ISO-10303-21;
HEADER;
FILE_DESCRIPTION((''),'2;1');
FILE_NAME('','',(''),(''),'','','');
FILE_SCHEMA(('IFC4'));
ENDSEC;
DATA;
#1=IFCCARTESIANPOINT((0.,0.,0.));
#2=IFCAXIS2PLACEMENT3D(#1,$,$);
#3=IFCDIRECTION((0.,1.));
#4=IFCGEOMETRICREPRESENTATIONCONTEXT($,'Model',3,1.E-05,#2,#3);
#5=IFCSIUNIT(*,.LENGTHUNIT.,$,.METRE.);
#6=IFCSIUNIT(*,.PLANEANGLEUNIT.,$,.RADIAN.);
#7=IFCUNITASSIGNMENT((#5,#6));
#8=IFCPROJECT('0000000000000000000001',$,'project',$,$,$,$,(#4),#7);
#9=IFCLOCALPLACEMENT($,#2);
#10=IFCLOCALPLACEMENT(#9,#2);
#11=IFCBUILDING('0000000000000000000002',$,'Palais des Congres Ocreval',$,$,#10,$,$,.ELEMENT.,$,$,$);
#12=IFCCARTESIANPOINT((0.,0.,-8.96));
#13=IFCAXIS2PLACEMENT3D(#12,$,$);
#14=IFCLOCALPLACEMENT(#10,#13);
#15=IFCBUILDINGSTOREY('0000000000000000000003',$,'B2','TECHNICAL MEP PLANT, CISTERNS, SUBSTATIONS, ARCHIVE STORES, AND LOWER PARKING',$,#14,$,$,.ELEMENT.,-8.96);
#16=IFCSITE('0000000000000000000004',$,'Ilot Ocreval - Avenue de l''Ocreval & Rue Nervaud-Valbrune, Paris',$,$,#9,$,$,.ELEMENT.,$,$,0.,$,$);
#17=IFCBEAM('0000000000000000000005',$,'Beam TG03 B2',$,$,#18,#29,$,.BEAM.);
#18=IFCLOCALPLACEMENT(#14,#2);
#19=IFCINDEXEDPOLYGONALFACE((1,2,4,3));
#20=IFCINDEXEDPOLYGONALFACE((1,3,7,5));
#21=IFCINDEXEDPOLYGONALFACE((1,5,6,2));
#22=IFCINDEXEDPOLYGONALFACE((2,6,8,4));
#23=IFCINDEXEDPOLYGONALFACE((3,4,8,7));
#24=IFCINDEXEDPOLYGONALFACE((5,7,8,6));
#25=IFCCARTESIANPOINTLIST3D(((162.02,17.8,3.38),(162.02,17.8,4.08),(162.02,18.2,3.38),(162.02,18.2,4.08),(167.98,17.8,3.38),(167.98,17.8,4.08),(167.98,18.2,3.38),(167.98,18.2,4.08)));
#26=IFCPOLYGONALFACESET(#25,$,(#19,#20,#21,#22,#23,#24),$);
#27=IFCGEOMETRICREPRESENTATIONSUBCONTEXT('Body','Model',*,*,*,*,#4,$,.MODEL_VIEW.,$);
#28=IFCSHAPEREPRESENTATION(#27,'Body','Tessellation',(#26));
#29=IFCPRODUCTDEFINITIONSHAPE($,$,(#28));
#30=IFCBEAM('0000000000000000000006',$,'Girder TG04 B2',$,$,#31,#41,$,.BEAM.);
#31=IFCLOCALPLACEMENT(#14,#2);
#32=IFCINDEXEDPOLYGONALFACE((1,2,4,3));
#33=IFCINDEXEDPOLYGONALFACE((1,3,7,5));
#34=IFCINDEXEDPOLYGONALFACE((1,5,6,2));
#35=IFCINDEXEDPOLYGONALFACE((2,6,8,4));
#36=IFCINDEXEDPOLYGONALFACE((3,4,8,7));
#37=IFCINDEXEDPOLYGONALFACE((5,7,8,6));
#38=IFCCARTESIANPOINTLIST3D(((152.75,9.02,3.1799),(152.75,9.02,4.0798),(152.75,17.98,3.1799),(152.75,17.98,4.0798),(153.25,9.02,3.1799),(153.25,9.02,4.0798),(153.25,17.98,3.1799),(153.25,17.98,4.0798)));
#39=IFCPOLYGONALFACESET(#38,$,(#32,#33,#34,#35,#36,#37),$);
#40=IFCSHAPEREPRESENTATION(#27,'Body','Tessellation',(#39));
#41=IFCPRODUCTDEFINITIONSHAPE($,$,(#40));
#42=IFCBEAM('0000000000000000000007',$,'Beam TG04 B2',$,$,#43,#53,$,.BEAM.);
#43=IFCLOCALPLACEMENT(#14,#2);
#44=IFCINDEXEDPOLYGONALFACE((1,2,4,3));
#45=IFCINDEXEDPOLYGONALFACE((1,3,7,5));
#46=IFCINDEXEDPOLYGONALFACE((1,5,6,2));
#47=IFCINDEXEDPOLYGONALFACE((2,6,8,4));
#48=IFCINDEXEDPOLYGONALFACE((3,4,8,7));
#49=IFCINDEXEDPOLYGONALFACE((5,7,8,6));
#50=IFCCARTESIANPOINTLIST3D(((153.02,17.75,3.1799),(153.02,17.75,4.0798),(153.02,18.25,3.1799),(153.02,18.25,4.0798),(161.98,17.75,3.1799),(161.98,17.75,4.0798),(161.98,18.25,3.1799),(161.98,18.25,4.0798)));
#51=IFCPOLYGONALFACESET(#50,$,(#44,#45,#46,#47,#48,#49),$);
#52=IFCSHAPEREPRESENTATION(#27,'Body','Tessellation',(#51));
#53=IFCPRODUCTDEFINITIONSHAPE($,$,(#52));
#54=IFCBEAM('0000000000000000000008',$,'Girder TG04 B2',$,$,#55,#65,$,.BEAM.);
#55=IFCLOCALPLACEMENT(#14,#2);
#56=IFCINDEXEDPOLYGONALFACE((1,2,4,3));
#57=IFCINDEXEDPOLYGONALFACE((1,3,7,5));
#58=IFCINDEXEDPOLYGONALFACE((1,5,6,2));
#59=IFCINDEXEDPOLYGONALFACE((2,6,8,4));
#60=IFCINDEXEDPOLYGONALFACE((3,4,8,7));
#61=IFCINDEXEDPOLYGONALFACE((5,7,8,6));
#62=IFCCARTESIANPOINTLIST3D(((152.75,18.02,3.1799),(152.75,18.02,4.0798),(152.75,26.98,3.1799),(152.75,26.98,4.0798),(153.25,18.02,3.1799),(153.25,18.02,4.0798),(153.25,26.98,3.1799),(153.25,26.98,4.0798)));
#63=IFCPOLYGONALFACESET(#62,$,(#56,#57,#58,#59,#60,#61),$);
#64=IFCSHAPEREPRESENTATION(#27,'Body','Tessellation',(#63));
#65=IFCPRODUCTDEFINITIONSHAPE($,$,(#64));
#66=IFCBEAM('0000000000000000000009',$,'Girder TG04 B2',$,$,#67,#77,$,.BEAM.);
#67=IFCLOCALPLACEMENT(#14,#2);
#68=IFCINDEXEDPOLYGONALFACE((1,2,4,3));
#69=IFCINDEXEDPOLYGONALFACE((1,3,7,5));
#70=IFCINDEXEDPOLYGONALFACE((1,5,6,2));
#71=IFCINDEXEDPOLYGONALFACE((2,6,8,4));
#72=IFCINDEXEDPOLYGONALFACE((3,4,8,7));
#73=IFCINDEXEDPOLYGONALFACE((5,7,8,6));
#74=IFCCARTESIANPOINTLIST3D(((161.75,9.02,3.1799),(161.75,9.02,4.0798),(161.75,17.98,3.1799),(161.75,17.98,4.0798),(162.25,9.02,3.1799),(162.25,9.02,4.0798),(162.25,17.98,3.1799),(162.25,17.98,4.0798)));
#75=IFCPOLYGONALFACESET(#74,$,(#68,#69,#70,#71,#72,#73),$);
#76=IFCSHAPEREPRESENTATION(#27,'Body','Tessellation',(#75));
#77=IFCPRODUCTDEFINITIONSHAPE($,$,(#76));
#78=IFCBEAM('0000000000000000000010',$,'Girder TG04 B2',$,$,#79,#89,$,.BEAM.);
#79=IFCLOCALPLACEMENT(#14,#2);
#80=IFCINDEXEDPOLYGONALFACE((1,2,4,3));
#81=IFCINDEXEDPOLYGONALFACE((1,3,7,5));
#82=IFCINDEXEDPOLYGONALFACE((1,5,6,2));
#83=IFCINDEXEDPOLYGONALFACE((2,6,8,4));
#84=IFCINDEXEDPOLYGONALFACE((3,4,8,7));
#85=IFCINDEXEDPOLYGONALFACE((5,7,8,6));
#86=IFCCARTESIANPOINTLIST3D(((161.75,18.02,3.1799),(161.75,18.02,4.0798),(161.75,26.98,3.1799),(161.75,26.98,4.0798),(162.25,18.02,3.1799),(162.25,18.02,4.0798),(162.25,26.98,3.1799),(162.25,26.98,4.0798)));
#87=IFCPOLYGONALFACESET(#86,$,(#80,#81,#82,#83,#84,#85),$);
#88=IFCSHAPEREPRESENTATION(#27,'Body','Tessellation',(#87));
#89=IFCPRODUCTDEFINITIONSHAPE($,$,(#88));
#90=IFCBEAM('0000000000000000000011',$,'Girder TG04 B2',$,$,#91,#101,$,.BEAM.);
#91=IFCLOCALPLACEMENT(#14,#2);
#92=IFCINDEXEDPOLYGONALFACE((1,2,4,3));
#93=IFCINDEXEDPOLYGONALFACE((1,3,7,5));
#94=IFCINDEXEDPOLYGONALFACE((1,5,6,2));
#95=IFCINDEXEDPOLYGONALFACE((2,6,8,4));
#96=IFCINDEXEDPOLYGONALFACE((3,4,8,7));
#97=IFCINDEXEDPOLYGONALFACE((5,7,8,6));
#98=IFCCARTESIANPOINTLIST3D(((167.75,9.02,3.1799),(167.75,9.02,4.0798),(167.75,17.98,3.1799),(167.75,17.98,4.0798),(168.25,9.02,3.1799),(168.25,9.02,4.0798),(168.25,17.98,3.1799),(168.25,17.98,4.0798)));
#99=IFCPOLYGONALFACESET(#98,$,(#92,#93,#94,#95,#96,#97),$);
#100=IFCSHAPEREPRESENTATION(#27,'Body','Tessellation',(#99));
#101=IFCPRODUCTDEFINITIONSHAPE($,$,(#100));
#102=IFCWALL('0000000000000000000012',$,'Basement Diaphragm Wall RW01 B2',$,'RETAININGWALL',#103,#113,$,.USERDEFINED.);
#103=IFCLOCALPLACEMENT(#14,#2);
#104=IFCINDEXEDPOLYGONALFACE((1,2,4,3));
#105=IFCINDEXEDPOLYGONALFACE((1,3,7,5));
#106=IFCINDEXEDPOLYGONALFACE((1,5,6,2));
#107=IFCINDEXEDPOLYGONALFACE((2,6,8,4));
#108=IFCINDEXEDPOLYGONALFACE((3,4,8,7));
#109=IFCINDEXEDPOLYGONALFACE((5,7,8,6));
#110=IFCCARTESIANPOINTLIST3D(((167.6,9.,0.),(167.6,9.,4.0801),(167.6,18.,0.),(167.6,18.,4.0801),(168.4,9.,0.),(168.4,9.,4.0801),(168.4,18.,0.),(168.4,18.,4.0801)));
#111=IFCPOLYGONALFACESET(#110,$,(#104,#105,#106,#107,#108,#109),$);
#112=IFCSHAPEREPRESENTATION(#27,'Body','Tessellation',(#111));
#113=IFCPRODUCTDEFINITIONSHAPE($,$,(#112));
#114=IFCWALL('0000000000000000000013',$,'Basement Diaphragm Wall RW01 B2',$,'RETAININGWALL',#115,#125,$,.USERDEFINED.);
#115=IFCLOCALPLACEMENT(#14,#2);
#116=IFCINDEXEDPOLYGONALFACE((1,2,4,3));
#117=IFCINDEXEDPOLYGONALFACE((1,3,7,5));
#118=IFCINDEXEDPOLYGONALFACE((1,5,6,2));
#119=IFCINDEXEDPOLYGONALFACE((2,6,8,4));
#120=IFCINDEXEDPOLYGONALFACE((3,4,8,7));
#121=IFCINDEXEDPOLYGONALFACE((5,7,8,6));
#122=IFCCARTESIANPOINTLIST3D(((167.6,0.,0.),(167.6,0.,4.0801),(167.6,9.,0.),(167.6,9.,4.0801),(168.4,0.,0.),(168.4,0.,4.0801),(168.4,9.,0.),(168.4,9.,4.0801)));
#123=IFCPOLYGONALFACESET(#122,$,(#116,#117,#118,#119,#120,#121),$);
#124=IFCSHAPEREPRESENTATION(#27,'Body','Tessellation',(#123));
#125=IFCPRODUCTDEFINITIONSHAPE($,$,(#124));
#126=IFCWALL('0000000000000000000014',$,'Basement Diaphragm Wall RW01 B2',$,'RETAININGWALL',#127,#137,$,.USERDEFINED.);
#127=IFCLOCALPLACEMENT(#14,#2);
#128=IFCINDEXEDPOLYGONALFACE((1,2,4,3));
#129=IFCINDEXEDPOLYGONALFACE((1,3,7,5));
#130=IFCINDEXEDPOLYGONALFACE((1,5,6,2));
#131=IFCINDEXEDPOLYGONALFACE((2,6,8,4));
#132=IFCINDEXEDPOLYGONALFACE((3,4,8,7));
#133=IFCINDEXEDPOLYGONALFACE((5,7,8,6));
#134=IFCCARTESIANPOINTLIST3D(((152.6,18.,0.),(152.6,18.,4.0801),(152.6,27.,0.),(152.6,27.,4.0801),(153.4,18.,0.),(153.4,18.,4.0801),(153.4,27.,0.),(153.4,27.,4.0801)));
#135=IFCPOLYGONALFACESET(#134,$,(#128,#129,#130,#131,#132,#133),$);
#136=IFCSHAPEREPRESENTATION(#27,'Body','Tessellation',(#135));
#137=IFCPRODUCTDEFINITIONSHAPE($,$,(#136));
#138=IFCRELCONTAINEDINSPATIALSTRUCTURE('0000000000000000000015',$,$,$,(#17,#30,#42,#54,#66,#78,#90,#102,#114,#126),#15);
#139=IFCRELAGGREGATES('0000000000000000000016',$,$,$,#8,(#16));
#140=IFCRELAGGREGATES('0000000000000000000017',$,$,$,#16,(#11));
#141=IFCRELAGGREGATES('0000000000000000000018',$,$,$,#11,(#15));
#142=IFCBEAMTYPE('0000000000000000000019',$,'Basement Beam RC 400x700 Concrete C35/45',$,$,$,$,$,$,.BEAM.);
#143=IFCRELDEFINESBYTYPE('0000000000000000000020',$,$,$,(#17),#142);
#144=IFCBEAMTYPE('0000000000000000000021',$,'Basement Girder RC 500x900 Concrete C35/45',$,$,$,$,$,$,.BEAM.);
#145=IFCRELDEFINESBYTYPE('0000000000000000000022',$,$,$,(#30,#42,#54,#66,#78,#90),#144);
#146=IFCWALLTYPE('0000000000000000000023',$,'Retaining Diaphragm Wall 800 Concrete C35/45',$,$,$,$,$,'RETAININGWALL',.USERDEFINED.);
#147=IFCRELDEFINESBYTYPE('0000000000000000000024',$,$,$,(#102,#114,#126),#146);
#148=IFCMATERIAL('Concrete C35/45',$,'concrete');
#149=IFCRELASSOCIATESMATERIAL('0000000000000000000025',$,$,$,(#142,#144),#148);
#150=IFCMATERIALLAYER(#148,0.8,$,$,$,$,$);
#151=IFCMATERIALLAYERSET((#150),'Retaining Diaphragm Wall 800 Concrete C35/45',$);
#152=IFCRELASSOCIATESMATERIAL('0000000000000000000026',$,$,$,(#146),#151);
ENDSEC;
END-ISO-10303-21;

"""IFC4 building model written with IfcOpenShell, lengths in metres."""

from ifc_helpers import new_model, si_unit, direction, frame, frame_2d, origin, origin_2d, place, context, subcontext, project, spatial, rectangle, extrude, material, layer, layer_set, material_profile, profile_set, type_object, element, save


model = new_model("IFC4")

# Units and contexts
model_context = context("Model", 3, precision=1e-05, world=origin(), true_north=direction((0.0, 1.0)))
body_context = subcontext(model_context, "Body", "Model", "MODEL_VIEW")
ifc_project = project(units=[si_unit("LENGTHUNIT", "METRE"), si_unit("PLANEANGLEUNIT", "RADIAN")], contexts=[model_context])

# Site, building, storey
site_placement = place(None, origin())
site = spatial("IfcSite", under=ifc_project, at=site_placement, Name="Ilot Ocreval - Avenue de l'Ocreval & Rue Nervaud-Valbrune, Paris", CompositionType="ELEMENT", RefElevation=0.0)
building_placement = place(site_placement, origin())
building = spatial("IfcBuilding", under=site, at=building_placement, Name="Palais des Congres Ocreval", CompositionType="ELEMENT")
storey_placement = place(building_placement, frame((0.0, 0.0, -8.96)))
storey = spatial("IfcBuildingStorey", under=building, at=storey_placement, Name="B2", Description="TECHNICAL MEP PLANT, CISTERNS, SUBSTATIONS, ARCHIVE STORES, AND LOWER PARKING", CompositionType="ELEMENT", Elevation=-8.96)

# Shared definitions
ifc_material_1 = material(Name="Concrete C35/45", Category="concrete")

# Beams
ifc_material_profile_1 = material_profile(ifc_material_1, rectangle(XDim=0.3999, YDim=0.7, at=origin_2d()), Name="RC 400x700")
ifc_profile_set_1 = profile_set([ifc_material_profile_1], Name="Concrete C35/45")
beam_type_1 = type_object("IfcBeamType", Name="Basement Beam RC 400x700 Concrete C35/45", PredefinedType="BEAM", material=ifc_profile_set_1)
beam_placement = place(storey_placement, frame((162.02, 18.0, 3.73), z_axis=(1.0, 0.0, 0.0), x_axis=(0.0, 1.0, 0.0)))
element("IfcBeam", 1, at=beam_placement, inside=storey, type_object=beam_type_1, Name="Beam TG03 B2", PredefinedType="BEAM", context=body_context, shape_type="SweptSolid", body=[
    extrude(rectangle(XDim=0.3999, YDim=0.7, at=origin_2d()), origin(), (0.0, 0.0, 1.0), 5.96),
])
ifc_material_profile_2 = material_profile(ifc_material_1, rectangle(XDim=0.5, YDim=0.8999, at=origin_2d()), Name="RC 500x900")
ifc_profile_set_2 = profile_set([ifc_material_profile_2], Name="Concrete C35/45")
beam_type_2 = type_object("IfcBeamType", Name="Basement Girder RC 500x900 Concrete C35/45", PredefinedType="BEAM", material=ifc_profile_set_2)
for number, where, z_axis, x_axis, name in (
    (2, (153.0, 9.02, 3.6299), (0.0, 1.0, 0.0), (-1.0, 0.0, 0.0), "Girder TG04 B2"),
    (3, (153.02, 18.0, 3.6299), (1.0, 0.0, 0.0), (0.0, 1.0, 0.0), "Beam TG04 B2"),
    (4, (153.0, 18.02, 3.6299), (0.0, 1.0, 0.0), (-1.0, 0.0, 0.0), "Girder TG04 B2"),
    (5, (162.0, 9.02, 3.6299), (0.0, 1.0, 0.0), (-1.0, 0.0, 0.0), "Girder TG04 B2"),
    (6, (162.0, 18.02, 3.6299), (0.0, 1.0, 0.0), (-1.0, 0.0, 0.0), "Girder TG04 B2"),
    (7, (168.0, 9.02, 3.6299), (0.0, 1.0, 0.0), (-1.0, 0.0, 0.0), "Girder TG04 B2"),
):
    element("IfcBeam", number, at=place(storey_placement, frame(where, z_axis=z_axis, x_axis=x_axis)), inside=storey, type_object=beam_type_2, Name=name, PredefinedType="BEAM", context=body_context, shape_type="SweptSolid", body=[
        extrude(rectangle(XDim=0.5, YDim=0.8999, at=origin_2d()), origin(), (0.0, 0.0, 1.0), 8.96),
    ])

# Walls
ifc_layer = layer(ifc_material_1, 0.8)
ifc_layer_set = layer_set([ifc_layer], Name="Retaining Diaphragm Wall 800 Concrete C35/45")
wall_type = type_object("IfcWallType", Name="Retaining Diaphragm Wall 800 Concrete C35/45", ElementType="RETAININGWALL", PredefinedType="USERDEFINED", material=ifc_layer_set)
for number, where, z_axis, x_axis, name in (
    (8, (168.0, 18.0, 0.0), (0.0, 0.0, 1.0), (0.0, -1.0, 0.0), "Basement Diaphragm Wall RW01 B2"),
    (9, (168.0, 9.0, 0.0), (0.0, 0.0, 1.0), (0.0, -1.0, 0.0), "Basement Diaphragm Wall RW01 B2"),
    (10, (153.0, 18.0, 0.0), (0.0, 0.0, 1.0), (0.0, 1.0, 0.0), "Basement Diaphragm Wall RW01 B2"),
):
    element("IfcWall", number, at=place(storey_placement, frame(where, z_axis=z_axis, x_axis=x_axis)), inside=storey, type_object=wall_type, Name=name, ObjectType="RETAININGWALL", PredefinedType="USERDEFINED", context=body_context, shape_type="SweptSolid", body=[
        extrude(rectangle(XDim=9.0, YDim=0.8, at=frame_2d((4.5, 0.0))), origin(), (0.0, 0.0, 1.0), 4.0801),
    ])

save(model, "model.ifc")
